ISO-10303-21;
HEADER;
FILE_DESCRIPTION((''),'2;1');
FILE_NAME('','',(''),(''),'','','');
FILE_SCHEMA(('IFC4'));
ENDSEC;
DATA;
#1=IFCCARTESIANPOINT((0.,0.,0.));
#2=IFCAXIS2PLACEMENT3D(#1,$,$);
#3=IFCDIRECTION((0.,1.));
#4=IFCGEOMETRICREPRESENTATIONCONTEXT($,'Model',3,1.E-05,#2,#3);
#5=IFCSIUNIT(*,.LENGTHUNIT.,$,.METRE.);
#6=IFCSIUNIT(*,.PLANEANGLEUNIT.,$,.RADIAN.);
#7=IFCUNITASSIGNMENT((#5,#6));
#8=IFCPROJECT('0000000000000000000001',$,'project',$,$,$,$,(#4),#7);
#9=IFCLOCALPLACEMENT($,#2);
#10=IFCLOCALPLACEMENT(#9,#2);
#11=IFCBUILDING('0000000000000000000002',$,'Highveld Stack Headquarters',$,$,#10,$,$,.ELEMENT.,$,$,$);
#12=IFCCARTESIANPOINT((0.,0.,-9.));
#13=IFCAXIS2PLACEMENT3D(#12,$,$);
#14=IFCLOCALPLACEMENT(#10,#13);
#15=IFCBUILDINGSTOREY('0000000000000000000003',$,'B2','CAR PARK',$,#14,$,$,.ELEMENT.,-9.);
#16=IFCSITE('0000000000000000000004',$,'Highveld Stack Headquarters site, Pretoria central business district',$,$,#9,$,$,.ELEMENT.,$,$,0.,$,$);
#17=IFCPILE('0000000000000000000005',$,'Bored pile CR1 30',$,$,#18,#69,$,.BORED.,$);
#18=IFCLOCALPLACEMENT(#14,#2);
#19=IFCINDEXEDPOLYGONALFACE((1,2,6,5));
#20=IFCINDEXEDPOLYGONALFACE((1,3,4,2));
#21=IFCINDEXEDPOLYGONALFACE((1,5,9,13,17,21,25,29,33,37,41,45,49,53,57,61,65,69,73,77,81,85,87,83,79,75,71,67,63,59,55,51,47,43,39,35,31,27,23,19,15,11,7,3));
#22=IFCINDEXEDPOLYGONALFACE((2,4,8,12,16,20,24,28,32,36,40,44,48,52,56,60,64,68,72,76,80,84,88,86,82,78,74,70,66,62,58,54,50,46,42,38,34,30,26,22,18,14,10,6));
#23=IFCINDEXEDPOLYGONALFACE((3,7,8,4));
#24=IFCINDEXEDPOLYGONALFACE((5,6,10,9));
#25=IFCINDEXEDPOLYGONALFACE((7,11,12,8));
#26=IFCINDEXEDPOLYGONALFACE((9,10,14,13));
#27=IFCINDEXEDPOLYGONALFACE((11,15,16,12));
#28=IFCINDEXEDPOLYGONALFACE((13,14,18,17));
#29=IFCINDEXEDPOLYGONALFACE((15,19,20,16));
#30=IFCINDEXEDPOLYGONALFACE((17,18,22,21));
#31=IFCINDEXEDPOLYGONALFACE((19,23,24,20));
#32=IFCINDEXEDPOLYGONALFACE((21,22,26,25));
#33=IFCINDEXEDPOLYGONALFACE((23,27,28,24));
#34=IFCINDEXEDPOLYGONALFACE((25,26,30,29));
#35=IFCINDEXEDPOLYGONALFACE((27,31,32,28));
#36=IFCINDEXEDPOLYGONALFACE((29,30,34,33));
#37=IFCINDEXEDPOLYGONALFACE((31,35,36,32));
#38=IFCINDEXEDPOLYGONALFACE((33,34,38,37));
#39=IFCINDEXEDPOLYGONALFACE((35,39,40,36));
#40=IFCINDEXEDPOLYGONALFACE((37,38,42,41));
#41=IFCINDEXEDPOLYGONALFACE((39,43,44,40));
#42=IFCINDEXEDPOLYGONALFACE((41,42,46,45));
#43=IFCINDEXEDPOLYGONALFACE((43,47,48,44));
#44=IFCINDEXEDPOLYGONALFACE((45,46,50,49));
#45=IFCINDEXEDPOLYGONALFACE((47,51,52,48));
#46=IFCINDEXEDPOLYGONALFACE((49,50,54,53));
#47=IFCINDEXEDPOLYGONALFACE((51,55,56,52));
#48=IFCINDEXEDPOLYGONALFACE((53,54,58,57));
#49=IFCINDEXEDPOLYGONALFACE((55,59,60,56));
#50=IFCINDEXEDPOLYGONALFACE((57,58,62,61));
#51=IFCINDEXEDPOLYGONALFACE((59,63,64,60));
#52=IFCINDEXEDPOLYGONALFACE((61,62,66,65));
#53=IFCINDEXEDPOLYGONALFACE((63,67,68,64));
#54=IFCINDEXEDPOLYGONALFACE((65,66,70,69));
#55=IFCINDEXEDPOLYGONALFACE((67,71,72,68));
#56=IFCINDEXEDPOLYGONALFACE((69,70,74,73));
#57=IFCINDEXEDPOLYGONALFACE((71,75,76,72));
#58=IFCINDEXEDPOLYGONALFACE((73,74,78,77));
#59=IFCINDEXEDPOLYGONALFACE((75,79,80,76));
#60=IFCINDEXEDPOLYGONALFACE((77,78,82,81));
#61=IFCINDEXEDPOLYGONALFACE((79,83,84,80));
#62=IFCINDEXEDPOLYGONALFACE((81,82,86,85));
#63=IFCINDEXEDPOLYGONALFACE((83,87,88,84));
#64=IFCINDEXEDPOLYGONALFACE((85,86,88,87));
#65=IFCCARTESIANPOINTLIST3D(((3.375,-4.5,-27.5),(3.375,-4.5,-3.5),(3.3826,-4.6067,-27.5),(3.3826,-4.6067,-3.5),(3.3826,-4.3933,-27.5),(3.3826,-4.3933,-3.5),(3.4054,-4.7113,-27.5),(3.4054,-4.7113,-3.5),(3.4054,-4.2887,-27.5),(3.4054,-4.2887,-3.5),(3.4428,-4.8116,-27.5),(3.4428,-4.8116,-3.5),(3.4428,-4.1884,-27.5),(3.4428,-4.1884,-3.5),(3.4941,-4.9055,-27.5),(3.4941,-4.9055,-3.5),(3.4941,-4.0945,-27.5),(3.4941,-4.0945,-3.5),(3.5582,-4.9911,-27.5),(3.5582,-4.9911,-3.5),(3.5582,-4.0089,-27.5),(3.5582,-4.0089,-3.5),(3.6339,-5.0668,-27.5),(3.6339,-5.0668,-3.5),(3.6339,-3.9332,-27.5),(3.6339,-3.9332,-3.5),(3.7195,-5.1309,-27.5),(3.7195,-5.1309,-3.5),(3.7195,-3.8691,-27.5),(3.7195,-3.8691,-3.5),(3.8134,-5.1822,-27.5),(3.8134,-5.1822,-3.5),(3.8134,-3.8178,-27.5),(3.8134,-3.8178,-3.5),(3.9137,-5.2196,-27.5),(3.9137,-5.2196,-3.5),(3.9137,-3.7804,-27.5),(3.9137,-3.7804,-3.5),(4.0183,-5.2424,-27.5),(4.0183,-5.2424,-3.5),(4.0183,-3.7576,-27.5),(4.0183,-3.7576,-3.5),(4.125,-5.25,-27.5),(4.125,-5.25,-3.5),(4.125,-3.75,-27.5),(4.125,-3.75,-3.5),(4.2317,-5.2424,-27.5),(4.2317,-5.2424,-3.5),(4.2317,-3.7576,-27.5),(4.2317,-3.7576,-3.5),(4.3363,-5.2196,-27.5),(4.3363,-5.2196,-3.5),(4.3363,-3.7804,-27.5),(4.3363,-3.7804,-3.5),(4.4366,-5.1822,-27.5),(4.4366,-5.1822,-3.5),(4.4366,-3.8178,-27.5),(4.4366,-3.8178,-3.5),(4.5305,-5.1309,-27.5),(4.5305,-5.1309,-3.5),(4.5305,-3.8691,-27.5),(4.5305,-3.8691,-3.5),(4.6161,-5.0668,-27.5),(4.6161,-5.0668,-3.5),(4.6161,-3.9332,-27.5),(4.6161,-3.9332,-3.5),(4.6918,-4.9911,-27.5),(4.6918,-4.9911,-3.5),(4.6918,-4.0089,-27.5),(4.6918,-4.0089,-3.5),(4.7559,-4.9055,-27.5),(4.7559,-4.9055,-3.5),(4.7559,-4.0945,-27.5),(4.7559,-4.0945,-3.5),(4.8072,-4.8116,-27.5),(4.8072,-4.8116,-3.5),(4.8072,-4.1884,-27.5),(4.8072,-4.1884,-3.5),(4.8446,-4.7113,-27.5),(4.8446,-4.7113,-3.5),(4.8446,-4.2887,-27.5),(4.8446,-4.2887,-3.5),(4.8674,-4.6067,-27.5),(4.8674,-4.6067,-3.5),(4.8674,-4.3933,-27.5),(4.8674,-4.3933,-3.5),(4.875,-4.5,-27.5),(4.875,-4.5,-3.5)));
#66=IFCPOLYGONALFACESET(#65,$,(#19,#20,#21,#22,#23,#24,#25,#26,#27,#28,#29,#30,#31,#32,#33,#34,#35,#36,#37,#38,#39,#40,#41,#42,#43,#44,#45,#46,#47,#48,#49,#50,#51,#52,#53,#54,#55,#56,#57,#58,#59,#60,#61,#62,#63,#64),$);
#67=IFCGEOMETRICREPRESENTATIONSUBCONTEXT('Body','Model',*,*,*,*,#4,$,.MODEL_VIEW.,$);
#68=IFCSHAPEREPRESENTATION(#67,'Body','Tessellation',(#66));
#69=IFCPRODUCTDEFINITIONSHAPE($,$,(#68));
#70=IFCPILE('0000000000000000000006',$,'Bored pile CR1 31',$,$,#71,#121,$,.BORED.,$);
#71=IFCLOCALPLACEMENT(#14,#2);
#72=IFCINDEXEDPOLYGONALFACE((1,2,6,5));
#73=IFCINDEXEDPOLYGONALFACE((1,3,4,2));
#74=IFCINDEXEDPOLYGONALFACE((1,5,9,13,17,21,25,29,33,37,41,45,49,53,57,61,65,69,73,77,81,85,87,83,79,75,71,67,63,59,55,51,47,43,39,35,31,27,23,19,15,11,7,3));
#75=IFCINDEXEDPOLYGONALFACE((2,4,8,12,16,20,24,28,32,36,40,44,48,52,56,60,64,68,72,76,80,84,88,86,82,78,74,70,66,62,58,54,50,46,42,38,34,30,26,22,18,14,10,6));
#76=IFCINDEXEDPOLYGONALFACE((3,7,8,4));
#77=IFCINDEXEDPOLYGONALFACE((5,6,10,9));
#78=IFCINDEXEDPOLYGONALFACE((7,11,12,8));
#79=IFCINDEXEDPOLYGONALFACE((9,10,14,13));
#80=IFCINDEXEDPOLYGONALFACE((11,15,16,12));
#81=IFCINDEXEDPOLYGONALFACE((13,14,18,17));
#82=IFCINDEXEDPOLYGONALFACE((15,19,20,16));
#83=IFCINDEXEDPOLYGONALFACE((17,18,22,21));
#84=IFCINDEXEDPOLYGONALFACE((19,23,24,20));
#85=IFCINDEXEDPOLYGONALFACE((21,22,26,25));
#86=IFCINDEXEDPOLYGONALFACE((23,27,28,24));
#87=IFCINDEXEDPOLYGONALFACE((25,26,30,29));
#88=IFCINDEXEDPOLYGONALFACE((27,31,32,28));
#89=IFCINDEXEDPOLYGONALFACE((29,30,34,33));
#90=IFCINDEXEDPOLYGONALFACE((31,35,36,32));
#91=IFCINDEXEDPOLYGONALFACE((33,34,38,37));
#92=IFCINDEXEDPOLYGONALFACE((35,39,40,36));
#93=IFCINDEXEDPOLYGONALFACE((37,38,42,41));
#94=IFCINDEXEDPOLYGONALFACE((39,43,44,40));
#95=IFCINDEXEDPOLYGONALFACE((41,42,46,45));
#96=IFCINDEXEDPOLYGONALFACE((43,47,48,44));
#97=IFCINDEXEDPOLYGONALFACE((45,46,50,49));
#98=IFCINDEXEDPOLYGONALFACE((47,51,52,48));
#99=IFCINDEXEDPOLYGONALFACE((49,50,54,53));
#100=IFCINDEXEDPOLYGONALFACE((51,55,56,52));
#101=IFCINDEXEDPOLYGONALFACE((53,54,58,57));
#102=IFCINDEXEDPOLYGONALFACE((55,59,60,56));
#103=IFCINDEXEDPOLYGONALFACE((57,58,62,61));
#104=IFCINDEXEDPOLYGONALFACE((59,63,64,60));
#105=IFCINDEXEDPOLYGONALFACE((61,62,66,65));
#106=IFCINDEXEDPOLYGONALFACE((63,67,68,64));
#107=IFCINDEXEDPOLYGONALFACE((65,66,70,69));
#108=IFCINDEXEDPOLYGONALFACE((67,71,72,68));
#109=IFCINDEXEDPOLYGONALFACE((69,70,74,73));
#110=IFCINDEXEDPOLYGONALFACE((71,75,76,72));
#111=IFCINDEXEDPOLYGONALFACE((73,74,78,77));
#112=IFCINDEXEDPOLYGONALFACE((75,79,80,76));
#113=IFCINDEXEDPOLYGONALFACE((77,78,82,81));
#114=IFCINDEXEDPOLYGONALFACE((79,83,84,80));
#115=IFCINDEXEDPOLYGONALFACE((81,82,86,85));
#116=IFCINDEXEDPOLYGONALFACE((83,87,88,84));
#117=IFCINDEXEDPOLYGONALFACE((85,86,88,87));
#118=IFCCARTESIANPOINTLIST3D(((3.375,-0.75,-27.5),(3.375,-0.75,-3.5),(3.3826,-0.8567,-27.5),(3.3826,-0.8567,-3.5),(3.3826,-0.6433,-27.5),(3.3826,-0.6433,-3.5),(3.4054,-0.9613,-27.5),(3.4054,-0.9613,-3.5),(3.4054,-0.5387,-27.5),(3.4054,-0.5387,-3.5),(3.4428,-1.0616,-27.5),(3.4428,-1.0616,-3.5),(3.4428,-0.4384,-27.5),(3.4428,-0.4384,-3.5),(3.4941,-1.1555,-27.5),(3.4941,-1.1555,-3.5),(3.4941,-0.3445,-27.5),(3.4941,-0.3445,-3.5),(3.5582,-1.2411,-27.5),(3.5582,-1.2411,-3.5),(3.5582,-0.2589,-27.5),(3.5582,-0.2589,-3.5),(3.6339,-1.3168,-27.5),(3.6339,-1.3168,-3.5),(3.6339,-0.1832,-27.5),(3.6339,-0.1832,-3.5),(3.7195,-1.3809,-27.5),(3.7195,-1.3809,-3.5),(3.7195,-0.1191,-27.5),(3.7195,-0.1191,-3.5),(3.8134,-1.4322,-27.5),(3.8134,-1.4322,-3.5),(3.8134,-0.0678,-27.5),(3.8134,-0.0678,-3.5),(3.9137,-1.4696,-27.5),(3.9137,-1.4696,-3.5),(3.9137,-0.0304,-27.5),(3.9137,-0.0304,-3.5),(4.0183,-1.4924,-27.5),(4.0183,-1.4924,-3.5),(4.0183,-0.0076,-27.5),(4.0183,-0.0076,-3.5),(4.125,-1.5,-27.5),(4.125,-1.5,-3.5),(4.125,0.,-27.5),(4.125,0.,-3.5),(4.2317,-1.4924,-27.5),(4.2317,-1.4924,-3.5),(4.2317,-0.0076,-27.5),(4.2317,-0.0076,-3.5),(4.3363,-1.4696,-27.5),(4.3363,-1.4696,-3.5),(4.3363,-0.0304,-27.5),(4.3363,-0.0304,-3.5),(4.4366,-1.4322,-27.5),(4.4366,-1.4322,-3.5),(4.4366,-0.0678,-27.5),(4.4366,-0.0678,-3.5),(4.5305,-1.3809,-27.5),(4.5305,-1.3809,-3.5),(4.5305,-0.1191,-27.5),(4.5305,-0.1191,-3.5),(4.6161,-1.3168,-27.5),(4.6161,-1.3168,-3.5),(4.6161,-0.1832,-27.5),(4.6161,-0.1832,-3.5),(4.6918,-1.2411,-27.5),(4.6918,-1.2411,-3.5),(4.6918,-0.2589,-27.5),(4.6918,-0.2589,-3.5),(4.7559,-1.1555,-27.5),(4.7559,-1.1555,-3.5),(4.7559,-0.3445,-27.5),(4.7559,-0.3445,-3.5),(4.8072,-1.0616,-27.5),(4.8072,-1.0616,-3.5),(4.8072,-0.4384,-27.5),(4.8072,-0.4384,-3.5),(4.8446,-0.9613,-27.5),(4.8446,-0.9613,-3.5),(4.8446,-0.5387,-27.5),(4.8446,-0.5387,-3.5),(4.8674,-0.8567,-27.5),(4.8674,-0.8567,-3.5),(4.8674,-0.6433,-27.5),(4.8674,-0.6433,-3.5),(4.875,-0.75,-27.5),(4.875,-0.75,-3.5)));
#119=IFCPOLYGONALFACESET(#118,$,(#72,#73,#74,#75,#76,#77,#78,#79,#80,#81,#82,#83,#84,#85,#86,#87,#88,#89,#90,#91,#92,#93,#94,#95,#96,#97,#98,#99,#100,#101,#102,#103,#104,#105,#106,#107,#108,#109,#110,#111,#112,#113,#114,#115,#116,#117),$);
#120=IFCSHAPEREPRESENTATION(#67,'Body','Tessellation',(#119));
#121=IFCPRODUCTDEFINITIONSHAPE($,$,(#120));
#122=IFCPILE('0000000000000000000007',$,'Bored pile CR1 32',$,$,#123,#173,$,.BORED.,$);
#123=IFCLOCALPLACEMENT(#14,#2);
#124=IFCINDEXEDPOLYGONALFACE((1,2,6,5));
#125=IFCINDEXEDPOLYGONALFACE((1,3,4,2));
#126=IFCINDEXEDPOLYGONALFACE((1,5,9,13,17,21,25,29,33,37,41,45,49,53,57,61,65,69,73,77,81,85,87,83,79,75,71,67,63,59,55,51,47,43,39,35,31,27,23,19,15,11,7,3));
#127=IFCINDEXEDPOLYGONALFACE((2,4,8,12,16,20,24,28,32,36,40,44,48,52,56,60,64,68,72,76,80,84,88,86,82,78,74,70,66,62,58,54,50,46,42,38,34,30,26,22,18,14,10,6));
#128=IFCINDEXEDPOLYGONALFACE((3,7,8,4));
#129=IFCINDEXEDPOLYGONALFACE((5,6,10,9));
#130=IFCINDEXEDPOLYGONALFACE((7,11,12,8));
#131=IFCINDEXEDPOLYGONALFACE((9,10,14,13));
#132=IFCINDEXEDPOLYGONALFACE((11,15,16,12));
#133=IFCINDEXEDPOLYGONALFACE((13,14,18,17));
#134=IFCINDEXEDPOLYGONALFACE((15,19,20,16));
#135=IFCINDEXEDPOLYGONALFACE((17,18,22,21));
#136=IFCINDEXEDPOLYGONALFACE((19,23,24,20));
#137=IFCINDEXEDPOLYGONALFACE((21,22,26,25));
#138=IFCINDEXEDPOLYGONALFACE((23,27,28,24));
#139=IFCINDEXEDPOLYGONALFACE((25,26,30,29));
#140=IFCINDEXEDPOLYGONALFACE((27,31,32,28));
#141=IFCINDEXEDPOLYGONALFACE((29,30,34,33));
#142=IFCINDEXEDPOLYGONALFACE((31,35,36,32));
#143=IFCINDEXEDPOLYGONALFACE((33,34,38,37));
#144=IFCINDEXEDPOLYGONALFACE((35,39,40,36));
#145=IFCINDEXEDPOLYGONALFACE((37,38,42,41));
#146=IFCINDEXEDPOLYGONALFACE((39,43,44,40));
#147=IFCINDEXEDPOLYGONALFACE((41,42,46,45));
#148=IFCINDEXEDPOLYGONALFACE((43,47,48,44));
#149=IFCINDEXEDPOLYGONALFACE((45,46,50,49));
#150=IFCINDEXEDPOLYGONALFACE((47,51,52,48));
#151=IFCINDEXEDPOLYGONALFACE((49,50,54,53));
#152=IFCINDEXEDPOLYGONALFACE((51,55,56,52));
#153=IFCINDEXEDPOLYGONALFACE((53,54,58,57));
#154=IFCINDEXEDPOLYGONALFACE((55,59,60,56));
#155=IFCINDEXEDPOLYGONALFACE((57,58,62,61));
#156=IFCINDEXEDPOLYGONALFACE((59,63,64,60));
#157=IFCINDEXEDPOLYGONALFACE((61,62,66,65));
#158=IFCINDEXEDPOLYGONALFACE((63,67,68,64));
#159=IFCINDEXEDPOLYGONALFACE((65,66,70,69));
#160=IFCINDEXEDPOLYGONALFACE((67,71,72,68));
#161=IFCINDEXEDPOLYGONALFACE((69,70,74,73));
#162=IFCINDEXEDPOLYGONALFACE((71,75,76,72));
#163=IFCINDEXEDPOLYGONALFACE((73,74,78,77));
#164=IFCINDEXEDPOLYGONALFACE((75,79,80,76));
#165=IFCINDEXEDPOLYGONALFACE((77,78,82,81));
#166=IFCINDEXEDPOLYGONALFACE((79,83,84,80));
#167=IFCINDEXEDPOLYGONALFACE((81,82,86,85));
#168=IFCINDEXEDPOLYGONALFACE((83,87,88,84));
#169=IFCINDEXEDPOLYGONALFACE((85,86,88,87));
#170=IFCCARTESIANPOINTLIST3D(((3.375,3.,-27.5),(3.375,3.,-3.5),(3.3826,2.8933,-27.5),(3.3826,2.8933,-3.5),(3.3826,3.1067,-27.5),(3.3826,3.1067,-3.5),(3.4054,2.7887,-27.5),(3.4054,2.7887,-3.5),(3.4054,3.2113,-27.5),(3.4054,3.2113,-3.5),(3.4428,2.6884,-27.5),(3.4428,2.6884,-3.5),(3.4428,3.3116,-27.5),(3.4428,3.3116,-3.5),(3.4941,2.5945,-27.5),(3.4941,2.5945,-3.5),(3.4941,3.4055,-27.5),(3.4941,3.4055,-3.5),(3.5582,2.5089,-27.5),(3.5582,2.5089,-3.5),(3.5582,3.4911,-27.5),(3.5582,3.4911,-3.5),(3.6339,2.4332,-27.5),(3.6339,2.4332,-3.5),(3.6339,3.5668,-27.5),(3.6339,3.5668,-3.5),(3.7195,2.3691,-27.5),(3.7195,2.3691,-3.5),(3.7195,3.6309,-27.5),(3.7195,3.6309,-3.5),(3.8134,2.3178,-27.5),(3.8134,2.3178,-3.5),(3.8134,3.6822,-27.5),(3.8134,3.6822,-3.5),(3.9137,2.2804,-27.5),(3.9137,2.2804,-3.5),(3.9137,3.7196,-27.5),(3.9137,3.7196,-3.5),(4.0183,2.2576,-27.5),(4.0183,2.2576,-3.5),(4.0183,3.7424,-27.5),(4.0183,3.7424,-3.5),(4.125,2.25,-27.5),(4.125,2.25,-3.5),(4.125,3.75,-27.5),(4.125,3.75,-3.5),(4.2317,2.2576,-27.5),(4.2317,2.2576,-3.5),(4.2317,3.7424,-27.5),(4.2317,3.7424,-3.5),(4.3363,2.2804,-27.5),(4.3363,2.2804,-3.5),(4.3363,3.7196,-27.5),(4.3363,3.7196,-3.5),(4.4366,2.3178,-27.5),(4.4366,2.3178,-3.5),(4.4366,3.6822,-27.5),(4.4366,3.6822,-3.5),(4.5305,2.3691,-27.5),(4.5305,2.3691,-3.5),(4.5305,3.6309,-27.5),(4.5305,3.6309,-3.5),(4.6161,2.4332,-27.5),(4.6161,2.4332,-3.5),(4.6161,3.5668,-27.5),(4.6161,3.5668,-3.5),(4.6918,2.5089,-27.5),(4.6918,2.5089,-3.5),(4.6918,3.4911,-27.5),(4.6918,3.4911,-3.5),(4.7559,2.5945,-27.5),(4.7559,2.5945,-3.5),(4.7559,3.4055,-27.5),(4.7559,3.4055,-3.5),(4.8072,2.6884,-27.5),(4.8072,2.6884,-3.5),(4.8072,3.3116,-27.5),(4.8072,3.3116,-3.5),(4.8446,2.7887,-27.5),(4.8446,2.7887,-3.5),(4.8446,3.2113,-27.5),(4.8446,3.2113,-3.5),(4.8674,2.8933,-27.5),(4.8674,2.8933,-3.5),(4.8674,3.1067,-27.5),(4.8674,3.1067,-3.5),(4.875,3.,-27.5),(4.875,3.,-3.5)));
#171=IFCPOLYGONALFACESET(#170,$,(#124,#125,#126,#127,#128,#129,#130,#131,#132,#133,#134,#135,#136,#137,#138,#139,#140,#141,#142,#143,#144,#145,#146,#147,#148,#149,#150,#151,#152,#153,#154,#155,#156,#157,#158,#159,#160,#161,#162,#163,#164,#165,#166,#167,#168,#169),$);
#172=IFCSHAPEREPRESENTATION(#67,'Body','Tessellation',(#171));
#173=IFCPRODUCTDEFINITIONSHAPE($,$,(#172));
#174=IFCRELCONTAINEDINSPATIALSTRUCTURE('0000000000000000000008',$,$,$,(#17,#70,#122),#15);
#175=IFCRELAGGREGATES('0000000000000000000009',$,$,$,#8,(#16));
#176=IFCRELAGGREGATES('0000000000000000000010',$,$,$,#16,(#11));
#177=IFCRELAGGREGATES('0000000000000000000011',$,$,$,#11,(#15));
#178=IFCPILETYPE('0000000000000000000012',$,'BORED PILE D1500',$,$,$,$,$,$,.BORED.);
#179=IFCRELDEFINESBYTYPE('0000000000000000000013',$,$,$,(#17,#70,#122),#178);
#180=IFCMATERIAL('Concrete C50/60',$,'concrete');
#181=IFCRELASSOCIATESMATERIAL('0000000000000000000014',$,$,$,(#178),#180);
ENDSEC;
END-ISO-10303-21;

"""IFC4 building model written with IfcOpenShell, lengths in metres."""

from ifc_helpers import new_model, si_unit, direction, frame, origin, origin_2d, place, context, subcontext, project, spatial, circle, extrude, material, type_object, element, save


model = new_model("IFC4")

# Units and contexts
model_context = context("Model", 3, precision=1e-05, world=origin(), true_north=direction((0.0, 1.0)))
body_context = subcontext(model_context, "Body", "Model", "MODEL_VIEW")
ifc_project = project(units=[si_unit("LENGTHUNIT", "METRE"), si_unit("PLANEANGLEUNIT", "RADIAN")], contexts=[model_context])

# Site, building, storey
site_placement = place(None, origin())
site = spatial("IfcSite", under=ifc_project, at=site_placement, Name="Highveld Stack Headquarters site, Pretoria central business district", CompositionType="ELEMENT", RefElevation=0.0)
building_placement = place(site_placement, origin())
building = spatial("IfcBuilding", under=site, at=building_placement, Name="Highveld Stack Headquarters", CompositionType="ELEMENT")
storey_placement = place(building_placement, frame((0.0, 0.0, -9.0)))
storey = spatial("IfcBuildingStorey", under=building, at=storey_placement, Name="B2", Description="CAR PARK", CompositionType="ELEMENT", Elevation=-9.0)

# Piles
ifc_material_1 = material(Name="Concrete C50/60", Category="concrete")
pile_type = type_object("IfcPileType", Name="BORED PILE D1500", PredefinedType="BORED", material=ifc_material_1)
for number, where, z_axis, x_axis, name in (
    (1, (4.125, -4.5, -3.5), (0.0, 0.0, -1.0), (1.0, 0.0, 0.0), "Bored pile CR1 30"),
    (2, (4.125, -0.75, -3.5), (0.0, 0.0, -1.0), (1.0, 0.0, 0.0), "Bored pile CR1 31"),
    (3, (4.125, 3.0, -3.5), (0.0, 0.0, -1.0), (1.0, 0.0, 0.0), "Bored pile CR1 32"),
):
    element("IfcPile", number, at=place(storey_placement, frame(where, z_axis=z_axis, x_axis=x_axis)), inside=storey, type_object=pile_type, Name=name, PredefinedType="BORED", context=body_context, shape_type="SweptSolid", body=[
        extrude(circle(Radius=0.75, at=origin_2d()), origin(), (0.0, 0.0, 1.0), 24.0),
    ])

save(model, "model.ifc")
